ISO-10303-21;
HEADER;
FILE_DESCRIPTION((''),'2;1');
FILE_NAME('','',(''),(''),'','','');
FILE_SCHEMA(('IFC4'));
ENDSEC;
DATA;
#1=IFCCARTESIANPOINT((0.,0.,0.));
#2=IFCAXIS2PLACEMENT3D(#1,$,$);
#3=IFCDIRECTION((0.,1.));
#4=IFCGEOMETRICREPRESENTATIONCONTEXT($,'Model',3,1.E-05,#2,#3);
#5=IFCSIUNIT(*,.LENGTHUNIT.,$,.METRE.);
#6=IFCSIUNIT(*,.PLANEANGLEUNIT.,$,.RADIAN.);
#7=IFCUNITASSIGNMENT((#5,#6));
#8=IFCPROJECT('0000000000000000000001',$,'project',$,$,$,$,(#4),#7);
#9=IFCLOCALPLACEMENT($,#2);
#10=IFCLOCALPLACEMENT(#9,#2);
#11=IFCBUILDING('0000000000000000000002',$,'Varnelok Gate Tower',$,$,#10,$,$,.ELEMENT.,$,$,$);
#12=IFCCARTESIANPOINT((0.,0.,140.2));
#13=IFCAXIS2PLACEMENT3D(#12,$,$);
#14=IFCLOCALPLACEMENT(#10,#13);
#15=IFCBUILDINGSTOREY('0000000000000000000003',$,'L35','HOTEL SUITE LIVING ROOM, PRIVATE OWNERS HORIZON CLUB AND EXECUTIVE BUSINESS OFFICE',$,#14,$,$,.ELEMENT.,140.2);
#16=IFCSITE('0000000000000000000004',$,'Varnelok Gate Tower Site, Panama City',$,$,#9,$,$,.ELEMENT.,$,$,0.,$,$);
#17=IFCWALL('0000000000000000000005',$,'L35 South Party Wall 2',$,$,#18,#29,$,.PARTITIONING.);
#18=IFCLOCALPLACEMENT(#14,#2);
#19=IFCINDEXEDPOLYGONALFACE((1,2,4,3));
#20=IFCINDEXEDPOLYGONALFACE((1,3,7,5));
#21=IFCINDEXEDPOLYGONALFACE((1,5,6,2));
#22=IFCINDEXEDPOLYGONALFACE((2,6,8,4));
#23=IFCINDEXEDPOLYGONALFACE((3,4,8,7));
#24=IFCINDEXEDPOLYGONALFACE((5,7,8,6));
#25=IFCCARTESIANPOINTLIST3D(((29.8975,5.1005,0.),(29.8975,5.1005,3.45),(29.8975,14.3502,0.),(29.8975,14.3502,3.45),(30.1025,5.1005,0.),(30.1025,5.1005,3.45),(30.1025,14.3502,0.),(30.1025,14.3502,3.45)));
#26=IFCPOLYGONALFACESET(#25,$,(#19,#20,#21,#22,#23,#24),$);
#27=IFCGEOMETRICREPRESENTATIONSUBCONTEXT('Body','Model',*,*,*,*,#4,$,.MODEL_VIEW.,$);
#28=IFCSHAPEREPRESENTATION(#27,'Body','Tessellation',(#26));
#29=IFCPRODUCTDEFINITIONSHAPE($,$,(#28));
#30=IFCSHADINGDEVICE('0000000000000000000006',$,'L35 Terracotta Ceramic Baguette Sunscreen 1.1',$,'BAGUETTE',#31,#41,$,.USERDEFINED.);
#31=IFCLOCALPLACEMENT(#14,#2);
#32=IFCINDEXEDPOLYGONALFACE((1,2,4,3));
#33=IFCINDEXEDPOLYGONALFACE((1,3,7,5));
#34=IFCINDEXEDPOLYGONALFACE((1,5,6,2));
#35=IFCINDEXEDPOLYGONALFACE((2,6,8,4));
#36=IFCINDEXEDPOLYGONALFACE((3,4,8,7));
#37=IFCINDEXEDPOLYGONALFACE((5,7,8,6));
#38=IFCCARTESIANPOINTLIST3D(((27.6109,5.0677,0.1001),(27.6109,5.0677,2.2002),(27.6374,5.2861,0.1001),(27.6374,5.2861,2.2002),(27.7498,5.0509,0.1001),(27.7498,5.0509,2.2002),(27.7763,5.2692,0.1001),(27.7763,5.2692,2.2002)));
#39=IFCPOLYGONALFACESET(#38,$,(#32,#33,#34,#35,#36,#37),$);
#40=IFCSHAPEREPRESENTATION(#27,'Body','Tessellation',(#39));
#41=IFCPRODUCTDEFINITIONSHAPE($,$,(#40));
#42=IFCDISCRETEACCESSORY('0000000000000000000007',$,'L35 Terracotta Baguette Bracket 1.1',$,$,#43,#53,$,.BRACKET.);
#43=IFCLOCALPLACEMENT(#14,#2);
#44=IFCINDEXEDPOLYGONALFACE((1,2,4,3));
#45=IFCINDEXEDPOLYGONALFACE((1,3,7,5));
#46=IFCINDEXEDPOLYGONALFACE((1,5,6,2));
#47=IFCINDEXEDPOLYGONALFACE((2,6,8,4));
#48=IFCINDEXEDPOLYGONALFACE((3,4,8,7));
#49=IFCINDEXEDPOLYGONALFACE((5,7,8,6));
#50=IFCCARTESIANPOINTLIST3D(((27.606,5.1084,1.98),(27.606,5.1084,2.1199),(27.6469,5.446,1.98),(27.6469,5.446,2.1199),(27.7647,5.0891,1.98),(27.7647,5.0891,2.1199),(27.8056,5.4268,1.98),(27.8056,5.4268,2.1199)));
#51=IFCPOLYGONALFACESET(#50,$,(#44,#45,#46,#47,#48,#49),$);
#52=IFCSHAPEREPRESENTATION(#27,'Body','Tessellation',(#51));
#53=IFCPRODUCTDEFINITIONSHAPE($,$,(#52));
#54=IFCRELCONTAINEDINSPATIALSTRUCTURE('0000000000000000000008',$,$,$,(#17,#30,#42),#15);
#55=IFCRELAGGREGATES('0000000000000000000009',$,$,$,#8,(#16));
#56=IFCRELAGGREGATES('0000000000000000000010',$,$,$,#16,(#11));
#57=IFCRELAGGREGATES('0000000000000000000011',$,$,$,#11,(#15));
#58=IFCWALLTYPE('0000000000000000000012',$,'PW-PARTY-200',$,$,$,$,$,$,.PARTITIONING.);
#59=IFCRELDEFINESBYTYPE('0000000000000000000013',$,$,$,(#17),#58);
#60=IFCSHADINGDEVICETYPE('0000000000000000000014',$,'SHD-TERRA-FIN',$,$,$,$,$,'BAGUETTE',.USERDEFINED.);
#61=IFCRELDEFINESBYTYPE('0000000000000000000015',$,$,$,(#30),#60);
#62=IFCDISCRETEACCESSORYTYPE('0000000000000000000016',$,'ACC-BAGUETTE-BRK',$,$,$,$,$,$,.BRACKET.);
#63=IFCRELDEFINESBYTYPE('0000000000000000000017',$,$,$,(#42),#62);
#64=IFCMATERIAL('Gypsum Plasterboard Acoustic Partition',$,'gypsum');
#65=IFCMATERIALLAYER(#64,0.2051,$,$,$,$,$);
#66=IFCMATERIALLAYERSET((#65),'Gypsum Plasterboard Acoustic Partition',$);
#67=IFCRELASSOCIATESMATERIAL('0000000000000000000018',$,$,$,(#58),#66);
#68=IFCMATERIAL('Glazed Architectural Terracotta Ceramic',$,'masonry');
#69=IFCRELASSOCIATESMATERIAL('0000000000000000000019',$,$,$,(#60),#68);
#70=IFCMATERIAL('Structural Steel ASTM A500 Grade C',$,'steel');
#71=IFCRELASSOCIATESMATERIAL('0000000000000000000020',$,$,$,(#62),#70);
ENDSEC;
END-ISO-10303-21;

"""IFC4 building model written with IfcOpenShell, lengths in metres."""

from ifc_helpers import new_model, si_unit, direction, frame, frame_2d, origin, origin_2d, place, context, subcontext, project, spatial, rectangle, extrude, source, transform, mapped, material, layer, layer_set, type_object, element, save


model = new_model("IFC4")

# Units and contexts
model_context = context("Model", 3, precision=1e-05, world=origin(), true_north=direction((0.0, 1.0)))
body_context = subcontext(model_context, "Body", "Model", "MODEL_VIEW")
ifc_project = project(units=[si_unit("LENGTHUNIT", "METRE"), si_unit("PLANEANGLEUNIT", "RADIAN")], contexts=[model_context])

# Site, building, storey
site_placement = place(None, origin())
site = spatial("IfcSite", under=ifc_project, at=site_placement, Name="Varnelok Gate Tower Site, Panama City", CompositionType="ELEMENT", RefElevation=0.0)
building_placement = place(site_placement, origin())
building = spatial("IfcBuilding", under=site, at=building_placement, Name="Varnelok Gate Tower", CompositionType="ELEMENT")
storey_placement = place(building_placement, frame((0.0, 0.0, 140.2)))
storey = spatial("IfcBuildingStorey", under=building, at=storey_placement, Name="L35", Description="HOTEL SUITE LIVING ROOM, PRIVATE OWNERS HORIZON CLUB AND EXECUTIVE BUSINESS OFFICE", CompositionType="ELEMENT", Elevation=140.2)

# Shared definitions
ifc_material_1 = material(Name="Gypsum Plasterboard Acoustic Partition", Category="gypsum")

# Wall
ifc_layer_1 = layer(ifc_material_1, 0.2051)
ifc_layer_set_1 = layer_set([ifc_layer_1], Name="Gypsum Plasterboard Acoustic Partition")
wall_type_1 = type_object("IfcWallType", Name="PW-PARTY-200", PredefinedType="PARTITIONING", material=ifc_layer_set_1)
wall_1_placement = place(storey_placement, frame((30.0, 5.1003, 0.0), z_axis=(0.0, 0.0, 1.0), x_axis=(0.0, 1.0, 0.0)))
element("IfcWall", 1, at=wall_1_placement, inside=storey, type_object=wall_type_1, Name="L35 South Party Wall 2", PredefinedType="PARTITIONING", context=body_context, shape_type="SweptSolid", body=[
    extrude(rectangle(XDim=9.2498, YDim=0.2051, at=frame_2d((4.625, 0.0))), origin(), (0.0, 0.0, 1.0), 3.45),
])

# Shading device
ifc_material_2 = material(Name="Glazed Architectural Terracotta Ceramic", Category="masonry")
shading_device_type = type_object("IfcShadingDeviceType", Name="SHD-TERRA-FIN", ElementType="BAGUETTE", PredefinedType="USERDEFINED", material=ifc_material_2)
shared_shape_1 = source(origin(), body_context, "Body", "SweptSolid", [
    extrude(rectangle(XDim=0.1399, YDim=0.22, at=origin_2d()), origin(), (0.0, 0.0, 1.0), 2.1001),
])
shading_device_placement = place(storey_placement, frame((27.6936, 5.1685, 0.1001), z_axis=(0.0, 0.0, 1.0), x_axis=(0.992732, -0.120345, 0.0)))
element("IfcShadingDevice", 2, at=shading_device_placement, inside=storey, type_object=shading_device_type, Name="L35 Terracotta Ceramic Baguette Sunscreen 1.1", ObjectType="BAGUETTE", PredefinedType="USERDEFINED", context=body_context, shape_type="MappedRepresentation", body=[
    mapped(shared_shape_1, transform((0.0, 0.0, 0.0), scale=1.0)),
])

# Discrete accessory
ifc_material_3 = material(Name="Structural Steel ASTM A500 Grade C", Category="steel")
discrete_accessory_type = type_object("IfcDiscreteAccessoryType", Name="ACC-BAGUETTE-BRK", PredefinedType="BRACKET", material=ifc_material_3)
shared_shape_2 = source(origin(), body_context, "Body", "SweptSolid", [
    extrude(rectangle(XDim=0.1599, YDim=0.3401, at=origin_2d()), origin(), (0.0, 0.0, 1.0), 0.1399),
])
discrete_accessory_placement = place(storey_placement, frame((27.7058, 5.2676, 1.98), z_axis=(0.0, 0.0, 1.0), x_axis=(0.992732, -0.120345, 0.0)))
element("IfcDiscreteAccessory", 3, at=discrete_accessory_placement, inside=storey, type_object=discrete_accessory_type, Name="L35 Terracotta Baguette Bracket 1.1", PredefinedType="BRACKET", context=body_context, shape_type="MappedRepresentation", body=[
    mapped(shared_shape_2, transform((0.0, 0.0, 0.0), scale=1.0)),
])

save(model, "model.ifc")
